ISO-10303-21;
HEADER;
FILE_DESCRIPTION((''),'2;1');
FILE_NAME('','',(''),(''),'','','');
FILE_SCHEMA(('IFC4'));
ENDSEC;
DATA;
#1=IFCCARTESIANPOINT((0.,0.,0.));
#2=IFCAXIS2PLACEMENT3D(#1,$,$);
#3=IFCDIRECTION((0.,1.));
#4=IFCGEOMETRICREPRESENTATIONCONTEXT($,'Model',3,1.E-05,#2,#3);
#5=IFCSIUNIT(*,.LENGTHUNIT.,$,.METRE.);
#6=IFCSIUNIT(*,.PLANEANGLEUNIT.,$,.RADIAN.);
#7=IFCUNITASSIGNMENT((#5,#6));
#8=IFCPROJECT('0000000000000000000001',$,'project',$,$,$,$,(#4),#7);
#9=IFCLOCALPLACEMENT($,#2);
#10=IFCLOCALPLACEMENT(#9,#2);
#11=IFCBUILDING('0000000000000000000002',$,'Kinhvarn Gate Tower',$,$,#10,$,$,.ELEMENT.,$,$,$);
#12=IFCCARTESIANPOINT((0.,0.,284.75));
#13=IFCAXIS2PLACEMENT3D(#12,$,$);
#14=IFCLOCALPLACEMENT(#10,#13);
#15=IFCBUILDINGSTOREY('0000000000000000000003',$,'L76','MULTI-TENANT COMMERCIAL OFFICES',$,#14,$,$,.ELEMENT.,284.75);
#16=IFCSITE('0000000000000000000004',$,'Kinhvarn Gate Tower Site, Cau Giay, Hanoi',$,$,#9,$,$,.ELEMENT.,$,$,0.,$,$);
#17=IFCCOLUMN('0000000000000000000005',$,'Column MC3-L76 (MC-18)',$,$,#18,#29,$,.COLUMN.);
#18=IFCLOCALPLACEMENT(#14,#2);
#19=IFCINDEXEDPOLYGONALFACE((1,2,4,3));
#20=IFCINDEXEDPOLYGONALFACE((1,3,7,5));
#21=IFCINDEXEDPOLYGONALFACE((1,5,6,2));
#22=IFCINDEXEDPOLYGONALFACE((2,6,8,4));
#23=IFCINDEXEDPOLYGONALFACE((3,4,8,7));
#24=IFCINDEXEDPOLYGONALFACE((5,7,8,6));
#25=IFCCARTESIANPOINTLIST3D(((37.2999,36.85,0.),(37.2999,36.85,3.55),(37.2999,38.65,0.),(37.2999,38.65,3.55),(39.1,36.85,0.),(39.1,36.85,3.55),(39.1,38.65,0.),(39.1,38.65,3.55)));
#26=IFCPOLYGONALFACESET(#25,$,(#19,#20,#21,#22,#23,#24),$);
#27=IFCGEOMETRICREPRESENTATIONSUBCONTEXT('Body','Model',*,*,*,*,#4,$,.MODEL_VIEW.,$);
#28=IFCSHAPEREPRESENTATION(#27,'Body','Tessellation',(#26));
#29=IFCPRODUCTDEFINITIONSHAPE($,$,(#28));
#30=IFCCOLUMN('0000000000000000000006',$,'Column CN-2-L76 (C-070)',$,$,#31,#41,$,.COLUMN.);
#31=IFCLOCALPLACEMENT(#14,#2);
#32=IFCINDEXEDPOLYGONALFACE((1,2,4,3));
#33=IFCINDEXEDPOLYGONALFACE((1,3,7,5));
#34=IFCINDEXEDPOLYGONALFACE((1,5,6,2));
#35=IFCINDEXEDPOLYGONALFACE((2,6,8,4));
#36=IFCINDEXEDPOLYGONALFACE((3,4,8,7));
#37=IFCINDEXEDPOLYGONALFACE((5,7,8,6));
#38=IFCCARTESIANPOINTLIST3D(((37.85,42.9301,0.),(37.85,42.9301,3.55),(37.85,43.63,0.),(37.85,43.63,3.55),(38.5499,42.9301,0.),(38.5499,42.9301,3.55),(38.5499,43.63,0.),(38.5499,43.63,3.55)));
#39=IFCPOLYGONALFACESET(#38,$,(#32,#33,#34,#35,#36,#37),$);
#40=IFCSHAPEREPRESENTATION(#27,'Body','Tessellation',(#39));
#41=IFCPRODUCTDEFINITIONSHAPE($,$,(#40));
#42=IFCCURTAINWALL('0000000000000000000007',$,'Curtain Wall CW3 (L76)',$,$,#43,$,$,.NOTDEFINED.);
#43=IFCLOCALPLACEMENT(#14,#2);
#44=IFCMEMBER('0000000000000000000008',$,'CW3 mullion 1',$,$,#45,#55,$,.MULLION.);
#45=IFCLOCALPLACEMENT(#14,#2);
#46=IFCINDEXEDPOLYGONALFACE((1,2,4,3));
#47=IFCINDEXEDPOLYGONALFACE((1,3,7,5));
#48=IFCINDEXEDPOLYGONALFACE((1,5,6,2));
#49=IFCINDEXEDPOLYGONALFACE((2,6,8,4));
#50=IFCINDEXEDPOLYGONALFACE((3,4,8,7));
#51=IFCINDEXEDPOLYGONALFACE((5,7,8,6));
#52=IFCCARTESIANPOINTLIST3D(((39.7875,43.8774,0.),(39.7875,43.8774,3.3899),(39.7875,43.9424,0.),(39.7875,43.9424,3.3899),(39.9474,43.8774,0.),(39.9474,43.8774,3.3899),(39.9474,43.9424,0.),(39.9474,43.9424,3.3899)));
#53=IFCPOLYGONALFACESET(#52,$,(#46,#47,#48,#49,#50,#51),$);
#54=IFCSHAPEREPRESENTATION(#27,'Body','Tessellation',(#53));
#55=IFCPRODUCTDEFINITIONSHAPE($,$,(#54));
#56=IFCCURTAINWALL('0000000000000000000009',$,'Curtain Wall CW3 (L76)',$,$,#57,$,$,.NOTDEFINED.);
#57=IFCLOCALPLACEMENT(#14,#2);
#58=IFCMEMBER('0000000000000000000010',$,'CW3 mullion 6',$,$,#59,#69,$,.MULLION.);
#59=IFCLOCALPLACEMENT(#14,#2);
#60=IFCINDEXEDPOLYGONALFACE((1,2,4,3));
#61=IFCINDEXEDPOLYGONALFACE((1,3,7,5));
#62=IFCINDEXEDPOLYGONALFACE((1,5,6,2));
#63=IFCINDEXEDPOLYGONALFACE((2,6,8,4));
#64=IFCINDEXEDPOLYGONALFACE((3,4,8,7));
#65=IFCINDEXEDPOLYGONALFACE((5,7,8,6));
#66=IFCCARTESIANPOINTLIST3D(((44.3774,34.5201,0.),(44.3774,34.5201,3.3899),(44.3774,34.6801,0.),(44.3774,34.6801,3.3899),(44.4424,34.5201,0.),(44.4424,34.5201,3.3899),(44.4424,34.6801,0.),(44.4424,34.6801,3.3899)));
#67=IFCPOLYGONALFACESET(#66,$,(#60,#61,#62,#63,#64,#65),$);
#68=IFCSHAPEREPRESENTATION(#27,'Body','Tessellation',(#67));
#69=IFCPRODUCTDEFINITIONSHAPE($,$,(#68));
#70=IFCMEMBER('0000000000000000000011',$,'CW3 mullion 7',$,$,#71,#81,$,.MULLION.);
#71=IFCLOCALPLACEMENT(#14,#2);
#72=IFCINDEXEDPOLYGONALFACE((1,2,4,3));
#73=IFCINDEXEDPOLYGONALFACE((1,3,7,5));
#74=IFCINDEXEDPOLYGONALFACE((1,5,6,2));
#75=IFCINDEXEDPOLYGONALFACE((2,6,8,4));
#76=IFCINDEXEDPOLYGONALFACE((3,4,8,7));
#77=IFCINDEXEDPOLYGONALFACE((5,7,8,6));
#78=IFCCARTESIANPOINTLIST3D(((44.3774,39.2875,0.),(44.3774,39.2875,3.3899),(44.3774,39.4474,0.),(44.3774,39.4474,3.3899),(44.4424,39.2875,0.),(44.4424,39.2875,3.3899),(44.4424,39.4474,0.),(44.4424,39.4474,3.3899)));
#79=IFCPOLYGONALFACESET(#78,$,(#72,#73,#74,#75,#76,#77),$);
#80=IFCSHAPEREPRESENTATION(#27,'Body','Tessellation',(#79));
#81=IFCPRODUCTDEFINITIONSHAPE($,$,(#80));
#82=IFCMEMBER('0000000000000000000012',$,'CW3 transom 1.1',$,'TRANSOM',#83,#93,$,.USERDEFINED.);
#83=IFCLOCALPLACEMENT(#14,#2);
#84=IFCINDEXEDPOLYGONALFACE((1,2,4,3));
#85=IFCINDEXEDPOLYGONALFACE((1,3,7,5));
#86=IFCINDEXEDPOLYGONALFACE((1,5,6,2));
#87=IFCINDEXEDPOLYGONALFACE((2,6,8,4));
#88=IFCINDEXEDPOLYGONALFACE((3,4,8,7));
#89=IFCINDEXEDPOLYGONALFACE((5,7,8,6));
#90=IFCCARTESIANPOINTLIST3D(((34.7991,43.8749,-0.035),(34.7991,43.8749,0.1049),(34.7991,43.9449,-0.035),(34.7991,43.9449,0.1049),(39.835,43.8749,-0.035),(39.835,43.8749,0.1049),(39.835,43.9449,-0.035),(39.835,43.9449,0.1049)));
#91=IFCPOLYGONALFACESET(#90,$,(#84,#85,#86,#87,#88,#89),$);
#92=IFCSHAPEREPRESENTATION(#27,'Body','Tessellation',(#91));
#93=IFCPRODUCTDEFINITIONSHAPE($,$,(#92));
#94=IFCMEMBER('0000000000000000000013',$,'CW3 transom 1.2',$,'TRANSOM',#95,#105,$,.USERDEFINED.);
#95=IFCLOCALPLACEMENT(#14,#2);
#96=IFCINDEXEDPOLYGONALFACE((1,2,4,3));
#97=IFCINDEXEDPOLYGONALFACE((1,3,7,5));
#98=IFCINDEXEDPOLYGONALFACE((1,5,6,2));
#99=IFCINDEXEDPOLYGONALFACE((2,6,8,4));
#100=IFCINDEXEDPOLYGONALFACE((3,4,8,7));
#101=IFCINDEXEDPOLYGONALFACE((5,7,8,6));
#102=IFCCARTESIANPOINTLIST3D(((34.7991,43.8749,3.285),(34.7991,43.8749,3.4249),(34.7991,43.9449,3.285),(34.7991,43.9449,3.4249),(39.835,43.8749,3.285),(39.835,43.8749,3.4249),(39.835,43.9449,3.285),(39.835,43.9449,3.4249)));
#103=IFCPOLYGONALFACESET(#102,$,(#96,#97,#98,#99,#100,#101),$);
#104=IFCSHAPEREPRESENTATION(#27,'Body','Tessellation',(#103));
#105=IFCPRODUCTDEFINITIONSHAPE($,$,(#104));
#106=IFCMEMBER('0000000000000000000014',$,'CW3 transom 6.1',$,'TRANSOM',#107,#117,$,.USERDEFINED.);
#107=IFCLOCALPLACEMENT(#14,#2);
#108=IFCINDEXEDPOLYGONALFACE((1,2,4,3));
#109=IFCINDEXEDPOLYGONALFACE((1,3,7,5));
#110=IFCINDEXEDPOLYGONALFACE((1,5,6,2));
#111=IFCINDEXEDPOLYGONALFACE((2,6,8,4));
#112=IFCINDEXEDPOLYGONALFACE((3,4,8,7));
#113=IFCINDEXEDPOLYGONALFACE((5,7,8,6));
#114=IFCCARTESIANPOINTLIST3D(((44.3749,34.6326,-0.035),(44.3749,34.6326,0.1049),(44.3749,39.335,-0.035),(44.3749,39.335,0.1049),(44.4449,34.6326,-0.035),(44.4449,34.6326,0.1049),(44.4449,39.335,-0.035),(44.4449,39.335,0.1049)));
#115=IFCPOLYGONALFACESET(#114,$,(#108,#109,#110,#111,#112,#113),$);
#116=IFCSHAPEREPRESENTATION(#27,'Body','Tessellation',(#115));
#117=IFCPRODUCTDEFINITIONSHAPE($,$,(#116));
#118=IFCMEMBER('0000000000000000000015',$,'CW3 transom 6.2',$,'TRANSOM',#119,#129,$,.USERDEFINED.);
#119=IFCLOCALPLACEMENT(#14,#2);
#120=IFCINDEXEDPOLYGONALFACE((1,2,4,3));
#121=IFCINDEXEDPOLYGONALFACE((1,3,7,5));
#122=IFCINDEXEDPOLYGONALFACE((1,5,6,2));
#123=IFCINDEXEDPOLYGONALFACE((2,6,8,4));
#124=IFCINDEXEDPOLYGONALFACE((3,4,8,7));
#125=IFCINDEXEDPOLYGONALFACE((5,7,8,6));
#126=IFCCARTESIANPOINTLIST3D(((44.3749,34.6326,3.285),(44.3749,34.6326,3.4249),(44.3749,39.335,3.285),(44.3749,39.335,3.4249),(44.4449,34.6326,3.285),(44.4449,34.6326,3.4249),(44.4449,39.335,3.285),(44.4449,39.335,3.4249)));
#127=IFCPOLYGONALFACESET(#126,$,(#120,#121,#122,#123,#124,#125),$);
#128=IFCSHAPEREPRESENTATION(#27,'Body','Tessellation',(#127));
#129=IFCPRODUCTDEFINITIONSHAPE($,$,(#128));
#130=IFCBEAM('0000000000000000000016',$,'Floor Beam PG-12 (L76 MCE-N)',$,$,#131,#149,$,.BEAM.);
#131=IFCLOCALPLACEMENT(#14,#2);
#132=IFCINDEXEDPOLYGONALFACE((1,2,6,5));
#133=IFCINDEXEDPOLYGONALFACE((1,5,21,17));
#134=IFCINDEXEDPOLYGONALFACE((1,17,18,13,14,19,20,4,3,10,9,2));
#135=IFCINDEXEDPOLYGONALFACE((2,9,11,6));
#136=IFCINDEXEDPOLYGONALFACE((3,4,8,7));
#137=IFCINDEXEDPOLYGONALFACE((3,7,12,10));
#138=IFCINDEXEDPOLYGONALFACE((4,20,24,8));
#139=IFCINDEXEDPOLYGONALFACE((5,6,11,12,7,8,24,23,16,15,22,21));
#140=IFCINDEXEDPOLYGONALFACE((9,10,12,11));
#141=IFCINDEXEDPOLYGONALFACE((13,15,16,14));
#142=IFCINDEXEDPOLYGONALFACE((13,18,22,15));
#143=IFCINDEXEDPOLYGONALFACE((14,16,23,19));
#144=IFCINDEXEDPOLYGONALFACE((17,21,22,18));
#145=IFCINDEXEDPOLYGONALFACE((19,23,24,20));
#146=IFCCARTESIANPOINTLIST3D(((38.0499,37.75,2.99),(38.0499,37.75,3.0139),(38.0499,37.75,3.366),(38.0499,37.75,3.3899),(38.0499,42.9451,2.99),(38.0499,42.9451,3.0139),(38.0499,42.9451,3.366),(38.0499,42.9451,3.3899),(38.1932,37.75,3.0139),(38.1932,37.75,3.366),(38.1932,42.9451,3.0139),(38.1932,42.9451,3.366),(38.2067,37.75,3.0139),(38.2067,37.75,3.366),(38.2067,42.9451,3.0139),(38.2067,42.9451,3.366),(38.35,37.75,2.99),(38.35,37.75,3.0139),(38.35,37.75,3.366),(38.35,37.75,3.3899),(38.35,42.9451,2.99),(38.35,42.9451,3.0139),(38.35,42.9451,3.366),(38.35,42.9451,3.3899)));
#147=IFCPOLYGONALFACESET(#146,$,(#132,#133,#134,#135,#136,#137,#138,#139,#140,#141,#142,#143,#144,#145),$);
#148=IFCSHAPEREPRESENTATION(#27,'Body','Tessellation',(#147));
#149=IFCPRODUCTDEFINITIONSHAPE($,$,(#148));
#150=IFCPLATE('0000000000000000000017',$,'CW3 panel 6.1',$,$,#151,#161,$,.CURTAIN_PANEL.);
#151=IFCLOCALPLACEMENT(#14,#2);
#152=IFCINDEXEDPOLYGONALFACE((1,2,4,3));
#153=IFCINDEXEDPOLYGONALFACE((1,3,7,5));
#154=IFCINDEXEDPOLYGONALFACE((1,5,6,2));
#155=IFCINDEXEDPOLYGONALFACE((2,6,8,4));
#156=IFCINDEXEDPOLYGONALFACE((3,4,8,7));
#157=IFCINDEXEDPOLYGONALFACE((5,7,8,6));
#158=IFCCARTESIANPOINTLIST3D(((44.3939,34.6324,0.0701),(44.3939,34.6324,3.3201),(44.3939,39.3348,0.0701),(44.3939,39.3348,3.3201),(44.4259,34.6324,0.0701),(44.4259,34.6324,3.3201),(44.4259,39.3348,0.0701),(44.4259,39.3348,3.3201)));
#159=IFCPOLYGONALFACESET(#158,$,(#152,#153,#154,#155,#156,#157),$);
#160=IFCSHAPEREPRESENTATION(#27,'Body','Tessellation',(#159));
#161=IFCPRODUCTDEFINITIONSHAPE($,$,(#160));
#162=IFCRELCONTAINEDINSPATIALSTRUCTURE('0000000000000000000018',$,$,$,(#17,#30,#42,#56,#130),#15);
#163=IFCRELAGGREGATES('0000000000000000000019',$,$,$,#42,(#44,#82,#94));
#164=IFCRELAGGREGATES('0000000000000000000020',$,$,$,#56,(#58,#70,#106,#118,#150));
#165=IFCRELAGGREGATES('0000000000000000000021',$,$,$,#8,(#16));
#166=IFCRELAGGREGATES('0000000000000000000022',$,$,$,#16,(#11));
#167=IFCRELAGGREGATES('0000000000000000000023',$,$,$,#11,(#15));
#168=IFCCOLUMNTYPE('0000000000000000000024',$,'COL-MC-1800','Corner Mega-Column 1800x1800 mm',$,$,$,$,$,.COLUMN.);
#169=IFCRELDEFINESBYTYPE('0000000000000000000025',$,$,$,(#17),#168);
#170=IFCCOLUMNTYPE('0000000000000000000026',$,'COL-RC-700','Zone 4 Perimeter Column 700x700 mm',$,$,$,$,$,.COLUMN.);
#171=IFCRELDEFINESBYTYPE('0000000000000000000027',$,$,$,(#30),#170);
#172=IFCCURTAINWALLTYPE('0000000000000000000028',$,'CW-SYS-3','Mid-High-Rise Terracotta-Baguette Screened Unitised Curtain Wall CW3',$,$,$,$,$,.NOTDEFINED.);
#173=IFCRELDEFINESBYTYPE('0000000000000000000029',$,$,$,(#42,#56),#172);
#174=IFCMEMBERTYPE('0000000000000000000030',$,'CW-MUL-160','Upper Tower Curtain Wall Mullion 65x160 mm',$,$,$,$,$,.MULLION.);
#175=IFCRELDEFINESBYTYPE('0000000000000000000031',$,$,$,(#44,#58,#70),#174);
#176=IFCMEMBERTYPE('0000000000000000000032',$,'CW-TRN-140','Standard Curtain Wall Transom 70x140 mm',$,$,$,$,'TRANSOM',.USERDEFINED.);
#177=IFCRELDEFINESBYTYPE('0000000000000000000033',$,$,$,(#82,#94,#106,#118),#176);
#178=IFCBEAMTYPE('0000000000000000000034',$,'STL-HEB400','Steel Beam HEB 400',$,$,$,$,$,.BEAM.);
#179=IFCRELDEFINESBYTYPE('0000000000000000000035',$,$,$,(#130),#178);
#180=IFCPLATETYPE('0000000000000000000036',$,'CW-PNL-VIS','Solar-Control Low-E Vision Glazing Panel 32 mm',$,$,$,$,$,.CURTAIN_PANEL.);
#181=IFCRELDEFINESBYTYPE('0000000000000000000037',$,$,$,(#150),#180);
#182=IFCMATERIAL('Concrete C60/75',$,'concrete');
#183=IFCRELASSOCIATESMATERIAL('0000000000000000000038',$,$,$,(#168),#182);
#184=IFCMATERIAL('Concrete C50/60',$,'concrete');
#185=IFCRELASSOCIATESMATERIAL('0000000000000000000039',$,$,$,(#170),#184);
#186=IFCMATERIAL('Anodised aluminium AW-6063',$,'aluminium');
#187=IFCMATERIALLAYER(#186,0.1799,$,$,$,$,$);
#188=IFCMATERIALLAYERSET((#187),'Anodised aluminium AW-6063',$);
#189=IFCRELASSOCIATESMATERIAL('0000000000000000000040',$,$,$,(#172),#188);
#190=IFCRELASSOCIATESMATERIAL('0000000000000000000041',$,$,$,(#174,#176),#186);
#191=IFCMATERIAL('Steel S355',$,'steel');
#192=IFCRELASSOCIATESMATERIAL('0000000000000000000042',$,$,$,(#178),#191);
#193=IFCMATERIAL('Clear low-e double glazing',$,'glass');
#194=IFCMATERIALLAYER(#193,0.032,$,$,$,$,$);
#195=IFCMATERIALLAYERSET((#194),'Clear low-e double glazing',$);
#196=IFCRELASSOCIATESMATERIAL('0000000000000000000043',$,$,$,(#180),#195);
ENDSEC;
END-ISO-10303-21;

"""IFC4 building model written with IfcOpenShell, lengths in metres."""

from ifc_helpers import new_model, si_unit, direction, frame, origin, origin_2d, place, context, subcontext, project, spatial, rectangle, i_section, extrude, material, layer, layer_set, material_profile, profile_set, type_object, element, aggregate, save


model = new_model("IFC4")

# Units and contexts
model_context = context("Model", 3, precision=1e-05, world=origin(), true_north=direction((0.0, 1.0)))
body_context = subcontext(model_context, "Body", "Model", "MODEL_VIEW")
ifc_project = project(units=[si_unit("LENGTHUNIT", "METRE"), si_unit("PLANEANGLEUNIT", "RADIAN")], contexts=[model_context])

# Site, building, storey
site_placement = place(None, origin())
site = spatial("IfcSite", under=ifc_project, at=site_placement, Name="Kinhvarn Gate Tower Site, Cau Giay, Hanoi", CompositionType="ELEMENT", RefElevation=0.0)
building_placement = place(site_placement, origin())
building = spatial("IfcBuilding", under=site, at=building_placement, Name="Kinhvarn Gate Tower", CompositionType="ELEMENT")
storey_placement = place(building_placement, frame((0.0, 0.0, 284.75)))
storey = spatial("IfcBuildingStorey", under=building, at=storey_placement, Name="L76", Description="MULTI-TENANT COMMERCIAL OFFICES", CompositionType="ELEMENT", Elevation=284.75)

# Columns
ifc_material_1 = material(Name="Concrete C60/75", Category="concrete")
ifc_material_profile_1 = material_profile(ifc_material_1, rectangle(XDim=1.8, YDim=1.8, at=origin_2d()), Name="RC 1800x1800")
ifc_profile_set_1 = profile_set([ifc_material_profile_1], Name="Concrete C60/75")
column_type_1 = type_object("IfcColumnType", Name="COL-MC-1800", Description="Corner Mega-Column 1800x1800 mm", PredefinedType="COLUMN", material=ifc_profile_set_1)
column_1_placement = place(storey_placement, frame((38.2, 37.75, 0.0), z_axis=(0.0, 0.0, 1.0), x_axis=(1.0, 0.0, 0.0)))
element("IfcColumn", 1, at=column_1_placement, inside=storey, type_object=column_type_1, Name="Column MC3-L76 (MC-18)", PredefinedType="COLUMN", context=body_context, shape_type="SweptSolid", body=[
    extrude(rectangle(XDim=1.8, YDim=1.8, at=origin_2d()), origin(), (0.0, 0.0, 1.0), 3.55),
])
ifc_material_2 = material(Name="Concrete C50/60", Category="concrete")
ifc_material_profile_2 = material_profile(ifc_material_2, rectangle(XDim=0.7, YDim=0.7, at=origin_2d()), Name="RC 700x700")
ifc_profile_set_2 = profile_set([ifc_material_profile_2], Name="Concrete C50/60")
column_type_2 = type_object("IfcColumnType", Name="COL-RC-700", Description="Zone 4 Perimeter Column 700x700 mm", PredefinedType="COLUMN", material=ifc_profile_set_2)
column_2_placement = place(storey_placement, frame((38.2, 43.28, 0.0), z_axis=(0.0, 0.0, 1.0), x_axis=(1.0, 0.0, 0.0)))
element("IfcColumn", 2, at=column_2_placement, inside=storey, type_object=column_type_2, Name="Column CN-2-L76 (C-070)", PredefinedType="COLUMN", context=body_context, shape_type="SweptSolid", body=[
    extrude(rectangle(XDim=0.7, YDim=0.7, at=origin_2d()), origin(), (0.0, 0.0, 1.0), 3.55),
])

# Curtain wall, member
ifc_material_3 = material(Name="Anodised aluminium AW-6063", Category="aluminium")
ifc_layer_1 = layer(ifc_material_3, 0.1799)
ifc_layer_set_1 = layer_set([ifc_layer_1], Name="Anodised aluminium AW-6063")
curtain_wall_type = type_object("IfcCurtainWallType", Name="CW-SYS-3", Description="Mid-High-Rise Terracotta-Baguette Screened Unitised Curtain Wall CW3", PredefinedType="NOTDEFINED", material=ifc_layer_set_1)
curtain_wall_1_placement = place(storey_placement, origin())
curtain_wall_1 = element("IfcCurtainWall", 3, at=curtain_wall_1_placement, inside=storey, type_object=curtain_wall_type, Name="Curtain Wall CW3 (L76)", PredefinedType="NOTDEFINED")
ifc_material_profile_3 = material_profile(ifc_material_3, rectangle(XDim=0.0649, YDim=0.1599, at=origin_2d()), Name="ALU 65x160")
ifc_profile_set_3 = profile_set([ifc_material_profile_3], Name="Anodised aluminium AW-6063")
member_type_1 = type_object("IfcMemberType", Name="CW-MUL-160", Description="Upper Tower Curtain Wall Mullion 65x160 mm", PredefinedType="MULLION", material=ifc_profile_set_3)
member_1_placement = place(storey_placement, frame((39.8674, 43.9099, 0.0), z_axis=(0.0, 0.0, 1.0), x_axis=(0.0, -1.0, 0.0)))
member_1 = element("IfcMember", 4, at=member_1_placement, type_object=member_type_1, Name="CW3 mullion 1", PredefinedType="MULLION", context=body_context, shape_type="SweptSolid", body=[
    extrude(rectangle(XDim=0.0649, YDim=0.1599, at=origin_2d()), origin(), (0.0, 0.0, 1.0), 3.3899),
])

# Curtain wall, members
curtain_wall_2_placement = place(storey_placement, origin())
curtain_wall_2 = element("IfcCurtainWall", 5, at=curtain_wall_2_placement, inside=storey, type_object=curtain_wall_type, Name="Curtain Wall CW3 (L76)", PredefinedType="NOTDEFINED")
member_2_placement = place(storey_placement, frame((44.4099, 34.6001, 0.0), z_axis=(0.0, 0.0, 1.0), x_axis=(-1.0, 0.0, 0.0)))
member_2 = element("IfcMember", 6, at=member_2_placement, type_object=member_type_1, Name="CW3 mullion 6", PredefinedType="MULLION", context=body_context, shape_type="SweptSolid", body=[
    extrude(rectangle(XDim=0.0649, YDim=0.1599, at=origin_2d()), origin(), (0.0, 0.0, 1.0), 3.3899),
])
member_3_placement = place(storey_placement, frame((44.4099, 39.3674, 0.0), z_axis=(0.0, 0.0, 1.0), x_axis=(-1.0, 0.0, 0.0)))
member_3 = element("IfcMember", 7, at=member_3_placement, type_object=member_type_1, Name="CW3 mullion 7", PredefinedType="MULLION", context=body_context, shape_type="SweptSolid", body=[
    extrude(rectangle(XDim=0.0649, YDim=0.1599, at=origin_2d()), origin(), (0.0, 0.0, 1.0), 3.3899),
])

# Members
ifc_material_profile_4 = material_profile(ifc_material_3, rectangle(XDim=0.0701, YDim=0.1399, at=origin_2d()), Name="ALU 70x140")
ifc_profile_set_4 = profile_set([ifc_material_profile_4], Name="Anodised aluminium AW-6063")
member_type_2 = type_object("IfcMemberType", Name="CW-TRN-140", Description="Standard Curtain Wall Transom 70x140 mm", ElementType="TRANSOM", PredefinedType="USERDEFINED", material=ifc_profile_set_4)
member_4_placement = place(storey_placement, frame((39.835, 43.9099, 0.0349), z_axis=(-1.0, 0.0, 0.0), x_axis=(0.0, -1.0, 0.0)))
member_4 = element("IfcMember", 8, at=member_4_placement, type_object=member_type_2, Name="CW3 transom 1.1", ObjectType="TRANSOM", PredefinedType="USERDEFINED", context=body_context, shape_type="SweptSolid", body=[
    extrude(rectangle(XDim=0.0701, YDim=0.1399, at=origin_2d()), origin(), (0.0, 0.0, 1.0), 5.0359),
])
member_5_placement = place(storey_placement, frame((39.835, 43.9099, 3.355), z_axis=(-1.0, 0.0, 0.0), x_axis=(0.0, -1.0, 0.0)))
member_5 = element("IfcMember", 9, at=member_5_placement, type_object=member_type_2, Name="CW3 transom 1.2", ObjectType="TRANSOM", PredefinedType="USERDEFINED", context=body_context, shape_type="SweptSolid", body=[
    extrude(rectangle(XDim=0.0701, YDim=0.1399, at=origin_2d()), origin(), (0.0, 0.0, 1.0), 5.0359),
])
aggregate(curtain_wall_1, [member_1, member_4, member_5])
member_6_placement = place(storey_placement, frame((44.4099, 34.6326, 0.0349), z_axis=(0.0, 1.0, 0.0), x_axis=(-1.0, 0.0, 0.0)))
member_6 = element("IfcMember", 10, at=member_6_placement, type_object=member_type_2, Name="CW3 transom 6.1", ObjectType="TRANSOM", PredefinedType="USERDEFINED", context=body_context, shape_type="SweptSolid", body=[
    extrude(rectangle(XDim=0.0701, YDim=0.1399, at=origin_2d()), origin(), (0.0, 0.0, 1.0), 4.7024),
])
member_7_placement = place(storey_placement, frame((44.4099, 34.6326, 3.355), z_axis=(0.0, 1.0, 0.0), x_axis=(-1.0, 0.0, 0.0)))
member_7 = element("IfcMember", 11, at=member_7_placement, type_object=member_type_2, Name="CW3 transom 6.2", ObjectType="TRANSOM", PredefinedType="USERDEFINED", context=body_context, shape_type="SweptSolid", body=[
    extrude(rectangle(XDim=0.0701, YDim=0.1399, at=origin_2d()), origin(), (0.0, 0.0, 1.0), 4.7024),
])

# Beam
ifc_material_4 = material(Name="Steel S355", Category="steel")
ifc_material_profile_5 = material_profile(ifc_material_4, i_section(OverallWidth=0.3, OverallDepth=0.3999, WebThickness=0.0134, FlangeThickness=0.0239, at=origin_2d()), Name="HEB 400")
ifc_profile_set_5 = profile_set([ifc_material_profile_5], Name="Steel S355")
beam_type = type_object("IfcBeamType", Name="STL-HEB400", Description="Steel Beam HEB 400", PredefinedType="BEAM", material=ifc_profile_set_5)
beam_placement = place(storey_placement, frame((38.2, 37.75, 3.1899), z_axis=(0.0, 1.0, 0.0), x_axis=(-1.0, 0.0, 0.0)))
element("IfcBeam", 12, at=beam_placement, inside=storey, type_object=beam_type, Name="Floor Beam PG-12 (L76 MCE-N)", PredefinedType="BEAM", context=body_context, shape_type="SweptSolid", body=[
    extrude(i_section(OverallWidth=0.3, OverallDepth=0.3999, WebThickness=0.0134, FlangeThickness=0.0239, at=origin_2d()), origin(), (0.0, 0.0, 1.0), 5.1951),
])

# Plate
ifc_material_5 = material(Name="Clear low-e double glazing", Category="glass")
ifc_layer_2 = layer(ifc_material_5, 0.032)
ifc_layer_set_2 = layer_set([ifc_layer_2], Name="Clear low-e double glazing")
plate_type = type_object("IfcPlateType", Name="CW-PNL-VIS", Description="Solar-Control Low-E Vision Glazing Panel 32 mm", PredefinedType="CURTAIN_PANEL", material=ifc_layer_set_2)
plate_placement = place(storey_placement, frame((44.4099, 36.9836, 0.0701), z_axis=(0.0, 0.0, 1.0), x_axis=(0.0, 1.0, 0.0)))
plate = element("IfcPlate", 13, at=plate_placement, type_object=plate_type, Name="CW3 panel 6.1", PredefinedType="CURTAIN_PANEL", context=body_context, shape_type="SweptSolid", body=[
    extrude(rectangle(XDim=4.7024, YDim=0.032, at=origin_2d()), origin(), (0.0, 0.0, 1.0), 3.25),
])
aggregate(curtain_wall_2, [member_2, member_3, member_6, member_7, plate])

save(model, "model.ifc")
